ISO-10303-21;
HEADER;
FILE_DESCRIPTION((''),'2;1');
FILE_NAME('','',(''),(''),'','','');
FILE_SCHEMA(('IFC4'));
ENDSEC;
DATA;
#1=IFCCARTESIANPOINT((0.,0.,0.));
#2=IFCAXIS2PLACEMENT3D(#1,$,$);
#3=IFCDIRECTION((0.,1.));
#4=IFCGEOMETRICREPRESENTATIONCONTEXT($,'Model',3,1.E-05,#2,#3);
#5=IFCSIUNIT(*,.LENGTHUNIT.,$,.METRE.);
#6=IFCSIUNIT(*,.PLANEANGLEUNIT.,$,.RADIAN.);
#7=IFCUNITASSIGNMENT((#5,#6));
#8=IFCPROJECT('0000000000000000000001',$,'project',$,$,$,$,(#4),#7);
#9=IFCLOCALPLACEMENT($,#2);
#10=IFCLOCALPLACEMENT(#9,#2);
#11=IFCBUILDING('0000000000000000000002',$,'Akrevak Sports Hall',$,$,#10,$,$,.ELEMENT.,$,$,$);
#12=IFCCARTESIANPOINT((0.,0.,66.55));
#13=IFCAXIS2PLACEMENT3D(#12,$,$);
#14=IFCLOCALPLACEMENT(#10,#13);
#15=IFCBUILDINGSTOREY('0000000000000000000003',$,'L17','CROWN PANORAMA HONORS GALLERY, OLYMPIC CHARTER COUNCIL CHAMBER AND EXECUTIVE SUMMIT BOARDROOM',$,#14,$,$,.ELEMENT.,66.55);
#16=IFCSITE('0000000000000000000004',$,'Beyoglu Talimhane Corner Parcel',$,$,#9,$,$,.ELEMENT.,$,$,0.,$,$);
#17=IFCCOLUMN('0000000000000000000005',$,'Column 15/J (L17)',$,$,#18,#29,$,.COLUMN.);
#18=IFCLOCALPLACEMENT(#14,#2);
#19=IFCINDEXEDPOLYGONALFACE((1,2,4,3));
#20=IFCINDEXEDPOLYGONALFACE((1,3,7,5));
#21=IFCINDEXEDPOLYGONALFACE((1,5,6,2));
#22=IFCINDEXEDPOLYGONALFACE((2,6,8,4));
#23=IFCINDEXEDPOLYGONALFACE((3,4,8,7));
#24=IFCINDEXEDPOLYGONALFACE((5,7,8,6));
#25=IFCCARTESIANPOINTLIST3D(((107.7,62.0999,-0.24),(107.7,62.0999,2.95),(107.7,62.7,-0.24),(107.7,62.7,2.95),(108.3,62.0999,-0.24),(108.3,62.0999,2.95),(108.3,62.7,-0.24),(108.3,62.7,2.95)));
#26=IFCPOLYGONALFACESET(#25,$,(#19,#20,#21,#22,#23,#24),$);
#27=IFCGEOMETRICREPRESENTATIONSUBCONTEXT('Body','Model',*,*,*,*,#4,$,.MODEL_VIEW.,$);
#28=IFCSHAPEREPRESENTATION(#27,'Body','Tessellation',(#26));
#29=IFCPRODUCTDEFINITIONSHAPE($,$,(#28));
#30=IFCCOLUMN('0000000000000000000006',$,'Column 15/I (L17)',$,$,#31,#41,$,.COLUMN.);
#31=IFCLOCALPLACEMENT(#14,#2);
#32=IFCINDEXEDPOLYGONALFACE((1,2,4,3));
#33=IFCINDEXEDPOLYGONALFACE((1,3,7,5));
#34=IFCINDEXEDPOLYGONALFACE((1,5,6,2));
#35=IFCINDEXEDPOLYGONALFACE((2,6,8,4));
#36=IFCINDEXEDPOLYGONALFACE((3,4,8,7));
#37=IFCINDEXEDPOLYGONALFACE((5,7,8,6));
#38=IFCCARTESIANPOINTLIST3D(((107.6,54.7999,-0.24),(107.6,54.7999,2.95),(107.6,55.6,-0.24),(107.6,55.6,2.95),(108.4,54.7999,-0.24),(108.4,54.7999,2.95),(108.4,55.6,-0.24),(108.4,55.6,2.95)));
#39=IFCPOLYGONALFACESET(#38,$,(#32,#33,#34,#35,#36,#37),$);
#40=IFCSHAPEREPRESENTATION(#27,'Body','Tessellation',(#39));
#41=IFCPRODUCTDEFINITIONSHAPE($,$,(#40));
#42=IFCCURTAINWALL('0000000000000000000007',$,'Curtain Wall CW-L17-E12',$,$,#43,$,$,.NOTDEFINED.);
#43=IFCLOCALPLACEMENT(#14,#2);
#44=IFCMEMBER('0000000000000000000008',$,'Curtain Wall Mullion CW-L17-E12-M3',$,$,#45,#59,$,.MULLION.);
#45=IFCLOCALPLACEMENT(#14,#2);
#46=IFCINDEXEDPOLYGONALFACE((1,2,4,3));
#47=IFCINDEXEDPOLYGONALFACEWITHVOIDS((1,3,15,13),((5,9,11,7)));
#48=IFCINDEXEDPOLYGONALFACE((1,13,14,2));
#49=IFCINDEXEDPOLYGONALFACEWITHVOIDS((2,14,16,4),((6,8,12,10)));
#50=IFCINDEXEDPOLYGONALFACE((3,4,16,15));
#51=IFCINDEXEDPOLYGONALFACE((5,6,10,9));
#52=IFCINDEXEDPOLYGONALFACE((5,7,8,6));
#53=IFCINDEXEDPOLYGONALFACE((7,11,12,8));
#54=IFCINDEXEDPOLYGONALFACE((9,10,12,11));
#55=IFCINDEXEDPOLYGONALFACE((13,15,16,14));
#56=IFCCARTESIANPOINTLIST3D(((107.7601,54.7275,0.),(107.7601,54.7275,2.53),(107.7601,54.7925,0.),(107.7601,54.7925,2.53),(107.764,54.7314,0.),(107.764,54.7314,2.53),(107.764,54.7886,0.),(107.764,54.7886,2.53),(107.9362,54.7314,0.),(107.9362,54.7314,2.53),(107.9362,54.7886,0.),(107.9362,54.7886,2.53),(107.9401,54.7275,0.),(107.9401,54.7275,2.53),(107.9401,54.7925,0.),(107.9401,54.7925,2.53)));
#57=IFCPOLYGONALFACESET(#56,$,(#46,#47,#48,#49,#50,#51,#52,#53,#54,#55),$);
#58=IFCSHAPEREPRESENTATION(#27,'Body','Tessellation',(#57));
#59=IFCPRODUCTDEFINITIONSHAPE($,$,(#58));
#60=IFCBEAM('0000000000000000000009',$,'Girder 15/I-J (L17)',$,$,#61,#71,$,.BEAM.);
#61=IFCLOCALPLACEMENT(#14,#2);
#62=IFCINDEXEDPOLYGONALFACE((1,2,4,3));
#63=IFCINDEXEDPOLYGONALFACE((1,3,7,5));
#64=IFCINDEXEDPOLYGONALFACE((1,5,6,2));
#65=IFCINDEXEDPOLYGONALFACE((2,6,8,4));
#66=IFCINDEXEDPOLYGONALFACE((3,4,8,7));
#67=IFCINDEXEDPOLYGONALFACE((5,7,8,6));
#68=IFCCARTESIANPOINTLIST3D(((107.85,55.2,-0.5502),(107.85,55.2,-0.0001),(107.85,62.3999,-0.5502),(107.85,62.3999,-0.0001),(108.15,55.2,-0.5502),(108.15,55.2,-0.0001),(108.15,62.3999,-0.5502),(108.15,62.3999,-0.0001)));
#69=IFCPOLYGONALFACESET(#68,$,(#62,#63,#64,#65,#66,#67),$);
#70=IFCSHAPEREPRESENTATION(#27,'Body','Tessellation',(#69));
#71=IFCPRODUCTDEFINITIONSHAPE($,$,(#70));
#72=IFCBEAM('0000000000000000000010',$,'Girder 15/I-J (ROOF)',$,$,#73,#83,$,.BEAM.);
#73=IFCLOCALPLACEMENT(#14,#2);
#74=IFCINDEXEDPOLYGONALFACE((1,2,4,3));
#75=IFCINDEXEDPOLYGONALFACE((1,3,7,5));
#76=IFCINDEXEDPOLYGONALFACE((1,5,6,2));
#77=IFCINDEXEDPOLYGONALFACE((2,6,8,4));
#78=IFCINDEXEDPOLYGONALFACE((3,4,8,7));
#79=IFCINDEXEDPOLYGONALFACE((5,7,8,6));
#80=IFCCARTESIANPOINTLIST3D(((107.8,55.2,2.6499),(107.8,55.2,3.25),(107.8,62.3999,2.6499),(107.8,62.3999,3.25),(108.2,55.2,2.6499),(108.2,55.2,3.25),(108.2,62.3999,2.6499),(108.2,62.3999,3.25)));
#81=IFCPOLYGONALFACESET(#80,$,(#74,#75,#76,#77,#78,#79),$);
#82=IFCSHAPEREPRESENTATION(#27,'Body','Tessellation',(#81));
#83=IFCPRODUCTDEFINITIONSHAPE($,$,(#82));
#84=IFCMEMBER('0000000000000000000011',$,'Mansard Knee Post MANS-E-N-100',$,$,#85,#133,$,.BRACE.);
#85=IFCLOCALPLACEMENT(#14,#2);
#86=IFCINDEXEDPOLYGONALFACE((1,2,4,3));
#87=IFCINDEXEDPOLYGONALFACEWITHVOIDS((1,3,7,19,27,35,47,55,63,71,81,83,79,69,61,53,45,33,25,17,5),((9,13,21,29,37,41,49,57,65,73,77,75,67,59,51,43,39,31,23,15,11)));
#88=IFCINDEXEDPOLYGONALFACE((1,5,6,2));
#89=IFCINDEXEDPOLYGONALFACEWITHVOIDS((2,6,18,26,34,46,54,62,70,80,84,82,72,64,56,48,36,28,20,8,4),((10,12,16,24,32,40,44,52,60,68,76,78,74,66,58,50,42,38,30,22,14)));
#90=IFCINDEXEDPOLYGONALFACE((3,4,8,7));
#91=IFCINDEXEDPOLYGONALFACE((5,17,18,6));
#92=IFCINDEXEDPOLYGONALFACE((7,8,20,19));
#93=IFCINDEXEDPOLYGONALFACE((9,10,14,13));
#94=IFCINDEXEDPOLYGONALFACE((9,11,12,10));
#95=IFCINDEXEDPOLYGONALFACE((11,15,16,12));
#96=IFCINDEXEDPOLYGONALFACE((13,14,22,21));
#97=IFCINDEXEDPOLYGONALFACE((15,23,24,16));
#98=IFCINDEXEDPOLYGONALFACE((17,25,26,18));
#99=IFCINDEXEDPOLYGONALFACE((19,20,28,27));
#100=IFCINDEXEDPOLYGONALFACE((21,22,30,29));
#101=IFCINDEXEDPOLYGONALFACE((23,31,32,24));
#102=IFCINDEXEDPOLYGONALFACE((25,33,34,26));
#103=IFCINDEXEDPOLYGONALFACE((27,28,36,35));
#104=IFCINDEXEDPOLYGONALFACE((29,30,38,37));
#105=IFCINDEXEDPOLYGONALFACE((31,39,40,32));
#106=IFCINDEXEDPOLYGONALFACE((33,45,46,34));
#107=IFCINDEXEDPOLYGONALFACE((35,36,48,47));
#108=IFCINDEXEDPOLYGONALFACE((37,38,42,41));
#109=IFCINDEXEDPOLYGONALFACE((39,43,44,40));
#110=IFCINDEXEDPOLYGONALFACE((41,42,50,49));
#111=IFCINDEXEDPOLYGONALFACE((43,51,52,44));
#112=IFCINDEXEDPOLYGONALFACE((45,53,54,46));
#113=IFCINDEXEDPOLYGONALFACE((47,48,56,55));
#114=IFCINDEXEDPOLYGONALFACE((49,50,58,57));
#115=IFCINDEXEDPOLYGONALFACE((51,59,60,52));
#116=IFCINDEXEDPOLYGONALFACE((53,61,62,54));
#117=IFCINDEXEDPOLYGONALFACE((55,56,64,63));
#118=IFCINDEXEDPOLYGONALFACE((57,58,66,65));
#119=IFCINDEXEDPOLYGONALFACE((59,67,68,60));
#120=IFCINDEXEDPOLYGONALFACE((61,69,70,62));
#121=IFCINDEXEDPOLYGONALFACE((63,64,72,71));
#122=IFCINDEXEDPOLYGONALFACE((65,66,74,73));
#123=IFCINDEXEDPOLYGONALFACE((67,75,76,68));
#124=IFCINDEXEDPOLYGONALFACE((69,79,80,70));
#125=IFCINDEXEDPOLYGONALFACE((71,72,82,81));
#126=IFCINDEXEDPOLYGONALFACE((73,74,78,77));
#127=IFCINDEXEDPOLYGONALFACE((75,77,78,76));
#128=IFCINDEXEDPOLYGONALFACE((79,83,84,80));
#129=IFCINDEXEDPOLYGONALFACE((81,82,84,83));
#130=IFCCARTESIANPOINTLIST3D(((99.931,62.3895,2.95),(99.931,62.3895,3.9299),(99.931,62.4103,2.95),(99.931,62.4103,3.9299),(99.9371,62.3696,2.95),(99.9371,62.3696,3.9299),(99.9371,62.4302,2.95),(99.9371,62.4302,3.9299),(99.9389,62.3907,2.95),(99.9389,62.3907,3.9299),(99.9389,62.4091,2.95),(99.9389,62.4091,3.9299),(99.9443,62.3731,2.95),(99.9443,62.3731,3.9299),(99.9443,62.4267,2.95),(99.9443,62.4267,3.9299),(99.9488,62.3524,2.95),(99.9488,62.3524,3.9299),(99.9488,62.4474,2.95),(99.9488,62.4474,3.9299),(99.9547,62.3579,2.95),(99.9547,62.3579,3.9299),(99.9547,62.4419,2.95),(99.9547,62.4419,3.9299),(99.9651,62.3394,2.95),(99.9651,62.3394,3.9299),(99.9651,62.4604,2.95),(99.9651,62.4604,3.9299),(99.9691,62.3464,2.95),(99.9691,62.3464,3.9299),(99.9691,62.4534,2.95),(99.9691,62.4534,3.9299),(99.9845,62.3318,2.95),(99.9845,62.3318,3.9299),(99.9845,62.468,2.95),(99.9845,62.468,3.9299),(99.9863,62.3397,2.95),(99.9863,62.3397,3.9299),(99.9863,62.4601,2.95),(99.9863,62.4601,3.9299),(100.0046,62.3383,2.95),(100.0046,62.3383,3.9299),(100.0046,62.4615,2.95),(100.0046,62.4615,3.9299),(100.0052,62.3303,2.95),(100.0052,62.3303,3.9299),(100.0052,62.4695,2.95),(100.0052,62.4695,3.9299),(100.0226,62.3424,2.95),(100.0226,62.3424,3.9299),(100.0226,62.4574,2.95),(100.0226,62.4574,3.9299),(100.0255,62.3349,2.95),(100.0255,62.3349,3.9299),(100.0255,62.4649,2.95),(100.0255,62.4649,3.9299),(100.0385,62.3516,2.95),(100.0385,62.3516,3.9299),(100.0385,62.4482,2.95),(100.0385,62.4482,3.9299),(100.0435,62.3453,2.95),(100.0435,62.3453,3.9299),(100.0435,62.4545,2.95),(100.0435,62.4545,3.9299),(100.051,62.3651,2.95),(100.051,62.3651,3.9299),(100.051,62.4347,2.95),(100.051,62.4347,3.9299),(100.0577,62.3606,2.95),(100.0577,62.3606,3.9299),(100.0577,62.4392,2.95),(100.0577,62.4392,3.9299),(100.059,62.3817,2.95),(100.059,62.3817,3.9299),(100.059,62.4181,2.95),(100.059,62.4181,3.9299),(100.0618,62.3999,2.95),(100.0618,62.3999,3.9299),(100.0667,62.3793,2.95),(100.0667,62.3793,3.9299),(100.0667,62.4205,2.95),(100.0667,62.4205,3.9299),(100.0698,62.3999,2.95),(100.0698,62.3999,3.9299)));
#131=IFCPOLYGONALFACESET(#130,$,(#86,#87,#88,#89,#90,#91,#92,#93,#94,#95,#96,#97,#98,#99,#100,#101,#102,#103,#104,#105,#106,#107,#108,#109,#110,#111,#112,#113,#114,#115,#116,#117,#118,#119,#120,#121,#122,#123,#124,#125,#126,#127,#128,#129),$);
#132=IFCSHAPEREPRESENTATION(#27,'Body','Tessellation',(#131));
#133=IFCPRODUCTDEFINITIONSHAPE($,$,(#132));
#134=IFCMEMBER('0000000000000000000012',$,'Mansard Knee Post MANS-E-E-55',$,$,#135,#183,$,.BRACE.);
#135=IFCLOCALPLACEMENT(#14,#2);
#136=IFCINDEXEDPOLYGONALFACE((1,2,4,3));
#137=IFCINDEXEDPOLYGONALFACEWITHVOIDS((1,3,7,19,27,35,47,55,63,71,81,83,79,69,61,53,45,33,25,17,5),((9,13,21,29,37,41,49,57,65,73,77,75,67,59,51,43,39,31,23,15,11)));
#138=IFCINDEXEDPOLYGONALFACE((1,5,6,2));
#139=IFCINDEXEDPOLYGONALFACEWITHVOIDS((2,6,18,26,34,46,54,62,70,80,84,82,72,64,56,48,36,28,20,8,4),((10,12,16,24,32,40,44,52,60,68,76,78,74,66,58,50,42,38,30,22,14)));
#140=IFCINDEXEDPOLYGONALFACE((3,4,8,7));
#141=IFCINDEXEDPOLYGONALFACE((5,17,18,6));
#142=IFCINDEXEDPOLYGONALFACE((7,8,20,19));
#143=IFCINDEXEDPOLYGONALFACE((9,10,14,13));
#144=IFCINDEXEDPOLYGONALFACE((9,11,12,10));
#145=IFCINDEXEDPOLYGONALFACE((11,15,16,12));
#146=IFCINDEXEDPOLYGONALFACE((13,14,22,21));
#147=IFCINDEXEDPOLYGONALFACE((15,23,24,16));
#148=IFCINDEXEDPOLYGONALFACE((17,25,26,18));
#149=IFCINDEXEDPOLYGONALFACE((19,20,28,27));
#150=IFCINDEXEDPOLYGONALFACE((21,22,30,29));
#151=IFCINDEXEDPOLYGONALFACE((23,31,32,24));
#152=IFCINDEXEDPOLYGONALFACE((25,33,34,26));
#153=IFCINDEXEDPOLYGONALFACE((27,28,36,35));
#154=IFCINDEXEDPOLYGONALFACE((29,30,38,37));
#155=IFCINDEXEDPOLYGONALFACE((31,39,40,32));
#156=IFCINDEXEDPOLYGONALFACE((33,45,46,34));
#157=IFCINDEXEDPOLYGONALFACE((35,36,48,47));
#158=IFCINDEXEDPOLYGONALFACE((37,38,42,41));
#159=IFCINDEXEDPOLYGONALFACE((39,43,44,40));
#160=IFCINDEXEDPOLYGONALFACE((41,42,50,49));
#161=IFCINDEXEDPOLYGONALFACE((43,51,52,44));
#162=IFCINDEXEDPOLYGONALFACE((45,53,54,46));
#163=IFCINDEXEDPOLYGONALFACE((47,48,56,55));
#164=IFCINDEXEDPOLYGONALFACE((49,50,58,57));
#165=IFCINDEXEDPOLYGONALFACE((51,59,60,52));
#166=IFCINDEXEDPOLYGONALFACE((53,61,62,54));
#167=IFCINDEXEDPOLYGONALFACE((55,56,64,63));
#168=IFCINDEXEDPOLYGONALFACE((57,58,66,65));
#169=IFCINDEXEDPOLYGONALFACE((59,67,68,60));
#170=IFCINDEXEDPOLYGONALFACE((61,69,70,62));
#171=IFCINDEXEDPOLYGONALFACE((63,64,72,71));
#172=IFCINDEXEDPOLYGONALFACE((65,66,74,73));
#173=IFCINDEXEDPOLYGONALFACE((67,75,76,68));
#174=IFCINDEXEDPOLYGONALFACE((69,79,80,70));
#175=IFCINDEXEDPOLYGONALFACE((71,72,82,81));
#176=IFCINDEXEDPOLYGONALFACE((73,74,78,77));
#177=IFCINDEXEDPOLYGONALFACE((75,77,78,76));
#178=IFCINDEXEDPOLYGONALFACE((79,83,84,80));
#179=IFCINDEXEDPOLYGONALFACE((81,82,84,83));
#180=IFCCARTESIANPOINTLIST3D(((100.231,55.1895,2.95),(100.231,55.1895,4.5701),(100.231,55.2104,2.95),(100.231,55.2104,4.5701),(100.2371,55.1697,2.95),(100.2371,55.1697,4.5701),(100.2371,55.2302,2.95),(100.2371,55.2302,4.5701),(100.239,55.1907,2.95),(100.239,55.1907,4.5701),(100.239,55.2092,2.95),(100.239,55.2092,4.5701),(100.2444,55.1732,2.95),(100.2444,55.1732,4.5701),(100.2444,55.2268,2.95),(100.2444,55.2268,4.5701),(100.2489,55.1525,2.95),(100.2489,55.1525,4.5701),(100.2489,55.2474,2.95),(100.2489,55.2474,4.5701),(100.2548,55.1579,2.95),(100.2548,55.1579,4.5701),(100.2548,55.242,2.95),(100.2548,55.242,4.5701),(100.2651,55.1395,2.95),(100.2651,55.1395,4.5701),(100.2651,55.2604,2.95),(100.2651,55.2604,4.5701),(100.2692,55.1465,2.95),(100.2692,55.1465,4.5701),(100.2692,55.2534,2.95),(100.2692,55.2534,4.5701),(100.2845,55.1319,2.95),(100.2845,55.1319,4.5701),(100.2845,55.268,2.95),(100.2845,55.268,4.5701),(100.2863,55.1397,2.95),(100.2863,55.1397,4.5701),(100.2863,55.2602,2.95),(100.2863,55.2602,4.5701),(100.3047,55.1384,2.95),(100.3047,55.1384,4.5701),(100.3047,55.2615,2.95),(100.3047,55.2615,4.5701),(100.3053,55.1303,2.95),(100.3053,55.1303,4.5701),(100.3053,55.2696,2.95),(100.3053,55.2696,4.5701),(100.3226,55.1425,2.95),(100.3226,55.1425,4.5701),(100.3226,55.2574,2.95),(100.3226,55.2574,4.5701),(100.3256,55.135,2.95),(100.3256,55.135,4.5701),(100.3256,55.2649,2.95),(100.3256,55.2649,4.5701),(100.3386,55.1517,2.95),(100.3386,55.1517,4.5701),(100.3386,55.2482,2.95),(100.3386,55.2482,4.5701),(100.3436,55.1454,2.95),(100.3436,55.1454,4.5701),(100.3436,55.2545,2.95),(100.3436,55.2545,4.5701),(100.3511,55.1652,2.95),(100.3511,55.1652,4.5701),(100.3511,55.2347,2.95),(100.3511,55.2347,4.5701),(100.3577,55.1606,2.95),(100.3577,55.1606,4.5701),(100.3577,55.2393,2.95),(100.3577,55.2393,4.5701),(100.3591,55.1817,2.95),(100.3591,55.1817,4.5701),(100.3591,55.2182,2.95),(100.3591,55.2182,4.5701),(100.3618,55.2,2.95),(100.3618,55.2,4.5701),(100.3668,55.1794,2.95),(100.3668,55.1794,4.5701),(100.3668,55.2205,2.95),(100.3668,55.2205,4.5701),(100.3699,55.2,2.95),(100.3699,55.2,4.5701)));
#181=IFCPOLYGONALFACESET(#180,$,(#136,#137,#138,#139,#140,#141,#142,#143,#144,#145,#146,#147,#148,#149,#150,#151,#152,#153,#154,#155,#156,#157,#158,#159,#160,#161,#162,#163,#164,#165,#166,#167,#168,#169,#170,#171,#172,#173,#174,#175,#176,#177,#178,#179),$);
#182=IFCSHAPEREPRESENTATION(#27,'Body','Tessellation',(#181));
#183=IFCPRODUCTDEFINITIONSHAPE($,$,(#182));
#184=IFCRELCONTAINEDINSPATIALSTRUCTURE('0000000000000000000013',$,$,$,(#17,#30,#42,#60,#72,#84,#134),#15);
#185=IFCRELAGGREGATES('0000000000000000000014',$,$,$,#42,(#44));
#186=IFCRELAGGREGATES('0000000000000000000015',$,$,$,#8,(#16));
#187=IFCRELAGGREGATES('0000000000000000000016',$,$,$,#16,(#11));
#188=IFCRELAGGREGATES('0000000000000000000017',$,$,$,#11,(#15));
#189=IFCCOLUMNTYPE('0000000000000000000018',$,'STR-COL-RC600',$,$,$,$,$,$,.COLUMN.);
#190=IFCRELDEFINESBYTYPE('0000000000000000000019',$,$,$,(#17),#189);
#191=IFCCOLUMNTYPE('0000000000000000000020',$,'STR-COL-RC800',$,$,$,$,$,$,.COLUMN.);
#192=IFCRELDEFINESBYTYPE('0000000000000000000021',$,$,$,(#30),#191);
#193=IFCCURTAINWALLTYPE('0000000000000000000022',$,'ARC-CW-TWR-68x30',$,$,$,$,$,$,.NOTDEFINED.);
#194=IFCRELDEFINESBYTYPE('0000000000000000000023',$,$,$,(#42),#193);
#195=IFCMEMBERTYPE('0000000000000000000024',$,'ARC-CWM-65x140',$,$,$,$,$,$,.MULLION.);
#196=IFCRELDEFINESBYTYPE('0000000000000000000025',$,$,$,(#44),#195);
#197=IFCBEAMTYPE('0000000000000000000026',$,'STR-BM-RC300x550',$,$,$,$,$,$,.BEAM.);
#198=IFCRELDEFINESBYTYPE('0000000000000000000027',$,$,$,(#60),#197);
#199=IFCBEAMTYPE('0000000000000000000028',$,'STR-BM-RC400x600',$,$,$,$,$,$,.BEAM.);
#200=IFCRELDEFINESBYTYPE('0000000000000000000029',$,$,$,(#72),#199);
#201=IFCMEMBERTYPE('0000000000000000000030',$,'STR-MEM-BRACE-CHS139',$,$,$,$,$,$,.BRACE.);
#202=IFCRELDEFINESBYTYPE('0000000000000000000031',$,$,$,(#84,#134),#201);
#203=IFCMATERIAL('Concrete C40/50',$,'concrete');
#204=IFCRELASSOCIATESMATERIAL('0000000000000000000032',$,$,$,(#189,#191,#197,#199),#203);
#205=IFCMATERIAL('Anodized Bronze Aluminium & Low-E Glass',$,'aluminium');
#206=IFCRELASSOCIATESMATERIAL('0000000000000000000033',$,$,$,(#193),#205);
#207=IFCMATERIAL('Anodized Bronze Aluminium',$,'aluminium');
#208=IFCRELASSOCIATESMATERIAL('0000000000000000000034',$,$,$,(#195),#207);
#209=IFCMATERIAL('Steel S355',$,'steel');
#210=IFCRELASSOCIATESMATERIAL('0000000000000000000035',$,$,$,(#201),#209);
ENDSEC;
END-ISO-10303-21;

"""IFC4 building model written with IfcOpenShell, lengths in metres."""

from ifc_helpers import new_model, si_unit, direction, frame, origin, origin_2d, place, context, subcontext, project, spatial, rectangle, hollow_rectangle, hollow_circle, extrude, material, material_profile, profile_set, type_object, element, aggregate, save


model = new_model("IFC4")

# Units and contexts
model_context = context("Model", 3, precision=1e-05, world=origin(), true_north=direction((0.0, 1.0)))
body_context = subcontext(model_context, "Body", "Model", "MODEL_VIEW")
ifc_project = project(units=[si_unit("LENGTHUNIT", "METRE"), si_unit("PLANEANGLEUNIT", "RADIAN")], contexts=[model_context])

# Site, building, storey
site_placement = place(None, origin())
site = spatial("IfcSite", under=ifc_project, at=site_placement, Name="Beyoglu Talimhane Corner Parcel", CompositionType="ELEMENT", RefElevation=0.0)
building_placement = place(site_placement, origin())
building = spatial("IfcBuilding", under=site, at=building_placement, Name="Akrevak Sports Hall", CompositionType="ELEMENT")
storey_placement = place(building_placement, frame((0.0, 0.0, 66.55)))
storey = spatial("IfcBuildingStorey", under=building, at=storey_placement, Name="L17", Description="CROWN PANORAMA HONORS GALLERY, OLYMPIC CHARTER COUNCIL CHAMBER AND EXECUTIVE SUMMIT BOARDROOM", CompositionType="ELEMENT", Elevation=66.55)

# Columns
ifc_material_1 = material(Name="Concrete C40/50", Category="concrete")
ifc_material_profile_1 = material_profile(ifc_material_1, rectangle(XDim=0.6001, YDim=0.6001, at=origin_2d()), Name="RC 600x600", Category="concrete")
ifc_profile_set_1 = profile_set([ifc_material_profile_1], Name="Concrete C40/50")
column_type_1 = type_object("IfcColumnType", Name="STR-COL-RC600", PredefinedType="COLUMN", material=ifc_profile_set_1)
column_1_placement = place(storey_placement, frame((108.0, 62.3999, -0.24), z_axis=(0.0, 0.0, 1.0), x_axis=(1.0, 0.0, 0.0)))
element("IfcColumn", 1, at=column_1_placement, inside=storey, type_object=column_type_1, Name="Column 15/J (L17)", PredefinedType="COLUMN", context=body_context, shape_type="SweptSolid", body=[
    extrude(rectangle(XDim=0.6001, YDim=0.6001, at=origin_2d()), origin(), (0.0, 0.0, 1.0), 3.1899),
])
ifc_material_profile_2 = material_profile(ifc_material_1, rectangle(XDim=0.8, YDim=0.8, at=origin_2d()), Name="RC 800x800", Category="concrete")
ifc_profile_set_2 = profile_set([ifc_material_profile_2], Name="Concrete C40/50")
column_type_2 = type_object("IfcColumnType", Name="STR-COL-RC800", PredefinedType="COLUMN", material=ifc_profile_set_2)
column_2_placement = place(storey_placement, frame((108.0, 55.2, -0.24), z_axis=(0.0, 0.0, 1.0), x_axis=(1.0, 0.0, 0.0)))
element("IfcColumn", 2, at=column_2_placement, inside=storey, type_object=column_type_2, Name="Column 15/I (L17)", PredefinedType="COLUMN", context=body_context, shape_type="SweptSolid", body=[
    extrude(rectangle(XDim=0.8, YDim=0.8, at=origin_2d()), origin(), (0.0, 0.0, 1.0), 3.1899),
])

# Curtain wall, member
ifc_material_2 = material(Name="Anodized Bronze Aluminium & Low-E Glass", Category="aluminium")
curtain_wall_type = type_object("IfcCurtainWallType", Name="ARC-CW-TWR-68x30", PredefinedType="NOTDEFINED", material=ifc_material_2)
curtain_wall_placement = place(storey_placement, origin())
curtain_wall = element("IfcCurtainWall", 3, at=curtain_wall_placement, inside=storey, type_object=curtain_wall_type, Name="Curtain Wall CW-L17-E12", PredefinedType="NOTDEFINED")
ifc_material_3 = material(Name="Anodized Bronze Aluminium", Category="aluminium")
ifc_material_profile_3 = material_profile(ifc_material_3, hollow_rectangle(XDim=0.0649, YDim=0.1799, WallThickness=0.0039, at=origin_2d()), Name="CWM 65x180", Category="aluminium")
ifc_profile_set_3 = profile_set([ifc_material_profile_3], Name="Anodized Bronze Aluminium")
member_type_1 = type_object("IfcMemberType", Name="ARC-CWM-65x140", PredefinedType="MULLION", material=ifc_profile_set_3)
member_1_placement = place(storey_placement, frame((107.8501, 54.76, 0.0), z_axis=(0.0, 0.0, 1.0), x_axis=(0.0, 1.0, 0.0)))
member_1 = element("IfcMember", 4, at=member_1_placement, type_object=member_type_1, Name="Curtain Wall Mullion CW-L17-E12-M3", PredefinedType="MULLION", context=body_context, shape_type="SweptSolid", body=[
    extrude(hollow_rectangle(XDim=0.0649, YDim=0.1799, WallThickness=0.0039, at=origin_2d()), origin(), (0.0, 0.0, 1.0), 2.53),
])
aggregate(curtain_wall, [member_1])

# Beams
ifc_material_profile_4 = material_profile(ifc_material_1, rectangle(XDim=0.3, YDim=0.55, at=origin_2d()), Name="BM 300x550", Category="concrete")
ifc_profile_set_4 = profile_set([ifc_material_profile_4], Name="Concrete C40/50")
beam_type_1 = type_object("IfcBeamType", Name="STR-BM-RC300x550", PredefinedType="BEAM", material=ifc_profile_set_4)
beam_1_placement = place(storey_placement, frame((108.0, 55.2, -0.2751), z_axis=(0.0, 1.0, 0.0), x_axis=(-1.0, 0.0, 0.0)))
element("IfcBeam", 5, at=beam_1_placement, inside=storey, type_object=beam_type_1, Name="Girder 15/I-J (L17)", PredefinedType="BEAM", context=body_context, shape_type="SweptSolid", body=[
    extrude(rectangle(XDim=0.3, YDim=0.55, at=origin_2d()), origin(), (0.0, 0.0, 1.0), 7.2),
])
ifc_material_profile_5 = material_profile(ifc_material_1, rectangle(XDim=0.3999, YDim=0.6001, at=origin_2d()), Name="BM 400x600", Category="concrete")
ifc_profile_set_5 = profile_set([ifc_material_profile_5], Name="Concrete C40/50")
beam_type_2 = type_object("IfcBeamType", Name="STR-BM-RC400x600", PredefinedType="BEAM", material=ifc_profile_set_5)
beam_2_placement = place(storey_placement, frame((108.0, 55.2, 2.95), z_axis=(0.0, 1.0, 0.0), x_axis=(-1.0, 0.0, 0.0)))
element("IfcBeam", 6, at=beam_2_placement, inside=storey, type_object=beam_type_2, Name="Girder 15/I-J (ROOF)", PredefinedType="BEAM", context=body_context, shape_type="SweptSolid", body=[
    extrude(rectangle(XDim=0.3999, YDim=0.6001, at=origin_2d()), origin(), (0.0, 0.0, 1.0), 7.2),
])

# Members
ifc_material_4 = material(Name="Steel S355", Category="steel")
ifc_material_profile_6 = material_profile(ifc_material_4, hollow_circle(Radius=0.0698, WallThickness=0.0081, at=origin_2d()), Name="CHS 139.7x8", Category="steel")
ifc_profile_set_6 = profile_set([ifc_material_profile_6], Name="Steel S355")
member_type_2 = type_object("IfcMemberType", Name="STR-MEM-BRACE-CHS139", PredefinedType="BRACE", material=ifc_profile_set_6)
member_2_placement = place(storey_placement, frame((100.0, 62.3999, 2.95), z_axis=(0.0, 0.0, 1.0), x_axis=(1.0, 0.0, 0.0)))
element("IfcMember", 7, at=member_2_placement, inside=storey, type_object=member_type_2, Name="Mansard Knee Post MANS-E-N-100", PredefinedType="BRACE", context=body_context, shape_type="SweptSolid", body=[
    extrude(hollow_circle(Radius=0.0698, WallThickness=0.0081, at=origin_2d()), origin(), (0.0, 0.0, 1.0), 0.98),
])
member_3_placement = place(storey_placement, frame((100.3, 55.2, 2.95), z_axis=(0.0, 0.0, 1.0), x_axis=(1.0, 0.0, 0.0)))
element("IfcMember", 8, at=member_3_placement, inside=storey, type_object=member_type_2, Name="Mansard Knee Post MANS-E-E-55", PredefinedType="BRACE", context=body_context, shape_type="SweptSolid", body=[
    extrude(hollow_circle(Radius=0.0698, WallThickness=0.0081, at=origin_2d()), origin(), (0.0, 0.0, 1.0), 1.6201),
])

save(model, "model.ifc")
